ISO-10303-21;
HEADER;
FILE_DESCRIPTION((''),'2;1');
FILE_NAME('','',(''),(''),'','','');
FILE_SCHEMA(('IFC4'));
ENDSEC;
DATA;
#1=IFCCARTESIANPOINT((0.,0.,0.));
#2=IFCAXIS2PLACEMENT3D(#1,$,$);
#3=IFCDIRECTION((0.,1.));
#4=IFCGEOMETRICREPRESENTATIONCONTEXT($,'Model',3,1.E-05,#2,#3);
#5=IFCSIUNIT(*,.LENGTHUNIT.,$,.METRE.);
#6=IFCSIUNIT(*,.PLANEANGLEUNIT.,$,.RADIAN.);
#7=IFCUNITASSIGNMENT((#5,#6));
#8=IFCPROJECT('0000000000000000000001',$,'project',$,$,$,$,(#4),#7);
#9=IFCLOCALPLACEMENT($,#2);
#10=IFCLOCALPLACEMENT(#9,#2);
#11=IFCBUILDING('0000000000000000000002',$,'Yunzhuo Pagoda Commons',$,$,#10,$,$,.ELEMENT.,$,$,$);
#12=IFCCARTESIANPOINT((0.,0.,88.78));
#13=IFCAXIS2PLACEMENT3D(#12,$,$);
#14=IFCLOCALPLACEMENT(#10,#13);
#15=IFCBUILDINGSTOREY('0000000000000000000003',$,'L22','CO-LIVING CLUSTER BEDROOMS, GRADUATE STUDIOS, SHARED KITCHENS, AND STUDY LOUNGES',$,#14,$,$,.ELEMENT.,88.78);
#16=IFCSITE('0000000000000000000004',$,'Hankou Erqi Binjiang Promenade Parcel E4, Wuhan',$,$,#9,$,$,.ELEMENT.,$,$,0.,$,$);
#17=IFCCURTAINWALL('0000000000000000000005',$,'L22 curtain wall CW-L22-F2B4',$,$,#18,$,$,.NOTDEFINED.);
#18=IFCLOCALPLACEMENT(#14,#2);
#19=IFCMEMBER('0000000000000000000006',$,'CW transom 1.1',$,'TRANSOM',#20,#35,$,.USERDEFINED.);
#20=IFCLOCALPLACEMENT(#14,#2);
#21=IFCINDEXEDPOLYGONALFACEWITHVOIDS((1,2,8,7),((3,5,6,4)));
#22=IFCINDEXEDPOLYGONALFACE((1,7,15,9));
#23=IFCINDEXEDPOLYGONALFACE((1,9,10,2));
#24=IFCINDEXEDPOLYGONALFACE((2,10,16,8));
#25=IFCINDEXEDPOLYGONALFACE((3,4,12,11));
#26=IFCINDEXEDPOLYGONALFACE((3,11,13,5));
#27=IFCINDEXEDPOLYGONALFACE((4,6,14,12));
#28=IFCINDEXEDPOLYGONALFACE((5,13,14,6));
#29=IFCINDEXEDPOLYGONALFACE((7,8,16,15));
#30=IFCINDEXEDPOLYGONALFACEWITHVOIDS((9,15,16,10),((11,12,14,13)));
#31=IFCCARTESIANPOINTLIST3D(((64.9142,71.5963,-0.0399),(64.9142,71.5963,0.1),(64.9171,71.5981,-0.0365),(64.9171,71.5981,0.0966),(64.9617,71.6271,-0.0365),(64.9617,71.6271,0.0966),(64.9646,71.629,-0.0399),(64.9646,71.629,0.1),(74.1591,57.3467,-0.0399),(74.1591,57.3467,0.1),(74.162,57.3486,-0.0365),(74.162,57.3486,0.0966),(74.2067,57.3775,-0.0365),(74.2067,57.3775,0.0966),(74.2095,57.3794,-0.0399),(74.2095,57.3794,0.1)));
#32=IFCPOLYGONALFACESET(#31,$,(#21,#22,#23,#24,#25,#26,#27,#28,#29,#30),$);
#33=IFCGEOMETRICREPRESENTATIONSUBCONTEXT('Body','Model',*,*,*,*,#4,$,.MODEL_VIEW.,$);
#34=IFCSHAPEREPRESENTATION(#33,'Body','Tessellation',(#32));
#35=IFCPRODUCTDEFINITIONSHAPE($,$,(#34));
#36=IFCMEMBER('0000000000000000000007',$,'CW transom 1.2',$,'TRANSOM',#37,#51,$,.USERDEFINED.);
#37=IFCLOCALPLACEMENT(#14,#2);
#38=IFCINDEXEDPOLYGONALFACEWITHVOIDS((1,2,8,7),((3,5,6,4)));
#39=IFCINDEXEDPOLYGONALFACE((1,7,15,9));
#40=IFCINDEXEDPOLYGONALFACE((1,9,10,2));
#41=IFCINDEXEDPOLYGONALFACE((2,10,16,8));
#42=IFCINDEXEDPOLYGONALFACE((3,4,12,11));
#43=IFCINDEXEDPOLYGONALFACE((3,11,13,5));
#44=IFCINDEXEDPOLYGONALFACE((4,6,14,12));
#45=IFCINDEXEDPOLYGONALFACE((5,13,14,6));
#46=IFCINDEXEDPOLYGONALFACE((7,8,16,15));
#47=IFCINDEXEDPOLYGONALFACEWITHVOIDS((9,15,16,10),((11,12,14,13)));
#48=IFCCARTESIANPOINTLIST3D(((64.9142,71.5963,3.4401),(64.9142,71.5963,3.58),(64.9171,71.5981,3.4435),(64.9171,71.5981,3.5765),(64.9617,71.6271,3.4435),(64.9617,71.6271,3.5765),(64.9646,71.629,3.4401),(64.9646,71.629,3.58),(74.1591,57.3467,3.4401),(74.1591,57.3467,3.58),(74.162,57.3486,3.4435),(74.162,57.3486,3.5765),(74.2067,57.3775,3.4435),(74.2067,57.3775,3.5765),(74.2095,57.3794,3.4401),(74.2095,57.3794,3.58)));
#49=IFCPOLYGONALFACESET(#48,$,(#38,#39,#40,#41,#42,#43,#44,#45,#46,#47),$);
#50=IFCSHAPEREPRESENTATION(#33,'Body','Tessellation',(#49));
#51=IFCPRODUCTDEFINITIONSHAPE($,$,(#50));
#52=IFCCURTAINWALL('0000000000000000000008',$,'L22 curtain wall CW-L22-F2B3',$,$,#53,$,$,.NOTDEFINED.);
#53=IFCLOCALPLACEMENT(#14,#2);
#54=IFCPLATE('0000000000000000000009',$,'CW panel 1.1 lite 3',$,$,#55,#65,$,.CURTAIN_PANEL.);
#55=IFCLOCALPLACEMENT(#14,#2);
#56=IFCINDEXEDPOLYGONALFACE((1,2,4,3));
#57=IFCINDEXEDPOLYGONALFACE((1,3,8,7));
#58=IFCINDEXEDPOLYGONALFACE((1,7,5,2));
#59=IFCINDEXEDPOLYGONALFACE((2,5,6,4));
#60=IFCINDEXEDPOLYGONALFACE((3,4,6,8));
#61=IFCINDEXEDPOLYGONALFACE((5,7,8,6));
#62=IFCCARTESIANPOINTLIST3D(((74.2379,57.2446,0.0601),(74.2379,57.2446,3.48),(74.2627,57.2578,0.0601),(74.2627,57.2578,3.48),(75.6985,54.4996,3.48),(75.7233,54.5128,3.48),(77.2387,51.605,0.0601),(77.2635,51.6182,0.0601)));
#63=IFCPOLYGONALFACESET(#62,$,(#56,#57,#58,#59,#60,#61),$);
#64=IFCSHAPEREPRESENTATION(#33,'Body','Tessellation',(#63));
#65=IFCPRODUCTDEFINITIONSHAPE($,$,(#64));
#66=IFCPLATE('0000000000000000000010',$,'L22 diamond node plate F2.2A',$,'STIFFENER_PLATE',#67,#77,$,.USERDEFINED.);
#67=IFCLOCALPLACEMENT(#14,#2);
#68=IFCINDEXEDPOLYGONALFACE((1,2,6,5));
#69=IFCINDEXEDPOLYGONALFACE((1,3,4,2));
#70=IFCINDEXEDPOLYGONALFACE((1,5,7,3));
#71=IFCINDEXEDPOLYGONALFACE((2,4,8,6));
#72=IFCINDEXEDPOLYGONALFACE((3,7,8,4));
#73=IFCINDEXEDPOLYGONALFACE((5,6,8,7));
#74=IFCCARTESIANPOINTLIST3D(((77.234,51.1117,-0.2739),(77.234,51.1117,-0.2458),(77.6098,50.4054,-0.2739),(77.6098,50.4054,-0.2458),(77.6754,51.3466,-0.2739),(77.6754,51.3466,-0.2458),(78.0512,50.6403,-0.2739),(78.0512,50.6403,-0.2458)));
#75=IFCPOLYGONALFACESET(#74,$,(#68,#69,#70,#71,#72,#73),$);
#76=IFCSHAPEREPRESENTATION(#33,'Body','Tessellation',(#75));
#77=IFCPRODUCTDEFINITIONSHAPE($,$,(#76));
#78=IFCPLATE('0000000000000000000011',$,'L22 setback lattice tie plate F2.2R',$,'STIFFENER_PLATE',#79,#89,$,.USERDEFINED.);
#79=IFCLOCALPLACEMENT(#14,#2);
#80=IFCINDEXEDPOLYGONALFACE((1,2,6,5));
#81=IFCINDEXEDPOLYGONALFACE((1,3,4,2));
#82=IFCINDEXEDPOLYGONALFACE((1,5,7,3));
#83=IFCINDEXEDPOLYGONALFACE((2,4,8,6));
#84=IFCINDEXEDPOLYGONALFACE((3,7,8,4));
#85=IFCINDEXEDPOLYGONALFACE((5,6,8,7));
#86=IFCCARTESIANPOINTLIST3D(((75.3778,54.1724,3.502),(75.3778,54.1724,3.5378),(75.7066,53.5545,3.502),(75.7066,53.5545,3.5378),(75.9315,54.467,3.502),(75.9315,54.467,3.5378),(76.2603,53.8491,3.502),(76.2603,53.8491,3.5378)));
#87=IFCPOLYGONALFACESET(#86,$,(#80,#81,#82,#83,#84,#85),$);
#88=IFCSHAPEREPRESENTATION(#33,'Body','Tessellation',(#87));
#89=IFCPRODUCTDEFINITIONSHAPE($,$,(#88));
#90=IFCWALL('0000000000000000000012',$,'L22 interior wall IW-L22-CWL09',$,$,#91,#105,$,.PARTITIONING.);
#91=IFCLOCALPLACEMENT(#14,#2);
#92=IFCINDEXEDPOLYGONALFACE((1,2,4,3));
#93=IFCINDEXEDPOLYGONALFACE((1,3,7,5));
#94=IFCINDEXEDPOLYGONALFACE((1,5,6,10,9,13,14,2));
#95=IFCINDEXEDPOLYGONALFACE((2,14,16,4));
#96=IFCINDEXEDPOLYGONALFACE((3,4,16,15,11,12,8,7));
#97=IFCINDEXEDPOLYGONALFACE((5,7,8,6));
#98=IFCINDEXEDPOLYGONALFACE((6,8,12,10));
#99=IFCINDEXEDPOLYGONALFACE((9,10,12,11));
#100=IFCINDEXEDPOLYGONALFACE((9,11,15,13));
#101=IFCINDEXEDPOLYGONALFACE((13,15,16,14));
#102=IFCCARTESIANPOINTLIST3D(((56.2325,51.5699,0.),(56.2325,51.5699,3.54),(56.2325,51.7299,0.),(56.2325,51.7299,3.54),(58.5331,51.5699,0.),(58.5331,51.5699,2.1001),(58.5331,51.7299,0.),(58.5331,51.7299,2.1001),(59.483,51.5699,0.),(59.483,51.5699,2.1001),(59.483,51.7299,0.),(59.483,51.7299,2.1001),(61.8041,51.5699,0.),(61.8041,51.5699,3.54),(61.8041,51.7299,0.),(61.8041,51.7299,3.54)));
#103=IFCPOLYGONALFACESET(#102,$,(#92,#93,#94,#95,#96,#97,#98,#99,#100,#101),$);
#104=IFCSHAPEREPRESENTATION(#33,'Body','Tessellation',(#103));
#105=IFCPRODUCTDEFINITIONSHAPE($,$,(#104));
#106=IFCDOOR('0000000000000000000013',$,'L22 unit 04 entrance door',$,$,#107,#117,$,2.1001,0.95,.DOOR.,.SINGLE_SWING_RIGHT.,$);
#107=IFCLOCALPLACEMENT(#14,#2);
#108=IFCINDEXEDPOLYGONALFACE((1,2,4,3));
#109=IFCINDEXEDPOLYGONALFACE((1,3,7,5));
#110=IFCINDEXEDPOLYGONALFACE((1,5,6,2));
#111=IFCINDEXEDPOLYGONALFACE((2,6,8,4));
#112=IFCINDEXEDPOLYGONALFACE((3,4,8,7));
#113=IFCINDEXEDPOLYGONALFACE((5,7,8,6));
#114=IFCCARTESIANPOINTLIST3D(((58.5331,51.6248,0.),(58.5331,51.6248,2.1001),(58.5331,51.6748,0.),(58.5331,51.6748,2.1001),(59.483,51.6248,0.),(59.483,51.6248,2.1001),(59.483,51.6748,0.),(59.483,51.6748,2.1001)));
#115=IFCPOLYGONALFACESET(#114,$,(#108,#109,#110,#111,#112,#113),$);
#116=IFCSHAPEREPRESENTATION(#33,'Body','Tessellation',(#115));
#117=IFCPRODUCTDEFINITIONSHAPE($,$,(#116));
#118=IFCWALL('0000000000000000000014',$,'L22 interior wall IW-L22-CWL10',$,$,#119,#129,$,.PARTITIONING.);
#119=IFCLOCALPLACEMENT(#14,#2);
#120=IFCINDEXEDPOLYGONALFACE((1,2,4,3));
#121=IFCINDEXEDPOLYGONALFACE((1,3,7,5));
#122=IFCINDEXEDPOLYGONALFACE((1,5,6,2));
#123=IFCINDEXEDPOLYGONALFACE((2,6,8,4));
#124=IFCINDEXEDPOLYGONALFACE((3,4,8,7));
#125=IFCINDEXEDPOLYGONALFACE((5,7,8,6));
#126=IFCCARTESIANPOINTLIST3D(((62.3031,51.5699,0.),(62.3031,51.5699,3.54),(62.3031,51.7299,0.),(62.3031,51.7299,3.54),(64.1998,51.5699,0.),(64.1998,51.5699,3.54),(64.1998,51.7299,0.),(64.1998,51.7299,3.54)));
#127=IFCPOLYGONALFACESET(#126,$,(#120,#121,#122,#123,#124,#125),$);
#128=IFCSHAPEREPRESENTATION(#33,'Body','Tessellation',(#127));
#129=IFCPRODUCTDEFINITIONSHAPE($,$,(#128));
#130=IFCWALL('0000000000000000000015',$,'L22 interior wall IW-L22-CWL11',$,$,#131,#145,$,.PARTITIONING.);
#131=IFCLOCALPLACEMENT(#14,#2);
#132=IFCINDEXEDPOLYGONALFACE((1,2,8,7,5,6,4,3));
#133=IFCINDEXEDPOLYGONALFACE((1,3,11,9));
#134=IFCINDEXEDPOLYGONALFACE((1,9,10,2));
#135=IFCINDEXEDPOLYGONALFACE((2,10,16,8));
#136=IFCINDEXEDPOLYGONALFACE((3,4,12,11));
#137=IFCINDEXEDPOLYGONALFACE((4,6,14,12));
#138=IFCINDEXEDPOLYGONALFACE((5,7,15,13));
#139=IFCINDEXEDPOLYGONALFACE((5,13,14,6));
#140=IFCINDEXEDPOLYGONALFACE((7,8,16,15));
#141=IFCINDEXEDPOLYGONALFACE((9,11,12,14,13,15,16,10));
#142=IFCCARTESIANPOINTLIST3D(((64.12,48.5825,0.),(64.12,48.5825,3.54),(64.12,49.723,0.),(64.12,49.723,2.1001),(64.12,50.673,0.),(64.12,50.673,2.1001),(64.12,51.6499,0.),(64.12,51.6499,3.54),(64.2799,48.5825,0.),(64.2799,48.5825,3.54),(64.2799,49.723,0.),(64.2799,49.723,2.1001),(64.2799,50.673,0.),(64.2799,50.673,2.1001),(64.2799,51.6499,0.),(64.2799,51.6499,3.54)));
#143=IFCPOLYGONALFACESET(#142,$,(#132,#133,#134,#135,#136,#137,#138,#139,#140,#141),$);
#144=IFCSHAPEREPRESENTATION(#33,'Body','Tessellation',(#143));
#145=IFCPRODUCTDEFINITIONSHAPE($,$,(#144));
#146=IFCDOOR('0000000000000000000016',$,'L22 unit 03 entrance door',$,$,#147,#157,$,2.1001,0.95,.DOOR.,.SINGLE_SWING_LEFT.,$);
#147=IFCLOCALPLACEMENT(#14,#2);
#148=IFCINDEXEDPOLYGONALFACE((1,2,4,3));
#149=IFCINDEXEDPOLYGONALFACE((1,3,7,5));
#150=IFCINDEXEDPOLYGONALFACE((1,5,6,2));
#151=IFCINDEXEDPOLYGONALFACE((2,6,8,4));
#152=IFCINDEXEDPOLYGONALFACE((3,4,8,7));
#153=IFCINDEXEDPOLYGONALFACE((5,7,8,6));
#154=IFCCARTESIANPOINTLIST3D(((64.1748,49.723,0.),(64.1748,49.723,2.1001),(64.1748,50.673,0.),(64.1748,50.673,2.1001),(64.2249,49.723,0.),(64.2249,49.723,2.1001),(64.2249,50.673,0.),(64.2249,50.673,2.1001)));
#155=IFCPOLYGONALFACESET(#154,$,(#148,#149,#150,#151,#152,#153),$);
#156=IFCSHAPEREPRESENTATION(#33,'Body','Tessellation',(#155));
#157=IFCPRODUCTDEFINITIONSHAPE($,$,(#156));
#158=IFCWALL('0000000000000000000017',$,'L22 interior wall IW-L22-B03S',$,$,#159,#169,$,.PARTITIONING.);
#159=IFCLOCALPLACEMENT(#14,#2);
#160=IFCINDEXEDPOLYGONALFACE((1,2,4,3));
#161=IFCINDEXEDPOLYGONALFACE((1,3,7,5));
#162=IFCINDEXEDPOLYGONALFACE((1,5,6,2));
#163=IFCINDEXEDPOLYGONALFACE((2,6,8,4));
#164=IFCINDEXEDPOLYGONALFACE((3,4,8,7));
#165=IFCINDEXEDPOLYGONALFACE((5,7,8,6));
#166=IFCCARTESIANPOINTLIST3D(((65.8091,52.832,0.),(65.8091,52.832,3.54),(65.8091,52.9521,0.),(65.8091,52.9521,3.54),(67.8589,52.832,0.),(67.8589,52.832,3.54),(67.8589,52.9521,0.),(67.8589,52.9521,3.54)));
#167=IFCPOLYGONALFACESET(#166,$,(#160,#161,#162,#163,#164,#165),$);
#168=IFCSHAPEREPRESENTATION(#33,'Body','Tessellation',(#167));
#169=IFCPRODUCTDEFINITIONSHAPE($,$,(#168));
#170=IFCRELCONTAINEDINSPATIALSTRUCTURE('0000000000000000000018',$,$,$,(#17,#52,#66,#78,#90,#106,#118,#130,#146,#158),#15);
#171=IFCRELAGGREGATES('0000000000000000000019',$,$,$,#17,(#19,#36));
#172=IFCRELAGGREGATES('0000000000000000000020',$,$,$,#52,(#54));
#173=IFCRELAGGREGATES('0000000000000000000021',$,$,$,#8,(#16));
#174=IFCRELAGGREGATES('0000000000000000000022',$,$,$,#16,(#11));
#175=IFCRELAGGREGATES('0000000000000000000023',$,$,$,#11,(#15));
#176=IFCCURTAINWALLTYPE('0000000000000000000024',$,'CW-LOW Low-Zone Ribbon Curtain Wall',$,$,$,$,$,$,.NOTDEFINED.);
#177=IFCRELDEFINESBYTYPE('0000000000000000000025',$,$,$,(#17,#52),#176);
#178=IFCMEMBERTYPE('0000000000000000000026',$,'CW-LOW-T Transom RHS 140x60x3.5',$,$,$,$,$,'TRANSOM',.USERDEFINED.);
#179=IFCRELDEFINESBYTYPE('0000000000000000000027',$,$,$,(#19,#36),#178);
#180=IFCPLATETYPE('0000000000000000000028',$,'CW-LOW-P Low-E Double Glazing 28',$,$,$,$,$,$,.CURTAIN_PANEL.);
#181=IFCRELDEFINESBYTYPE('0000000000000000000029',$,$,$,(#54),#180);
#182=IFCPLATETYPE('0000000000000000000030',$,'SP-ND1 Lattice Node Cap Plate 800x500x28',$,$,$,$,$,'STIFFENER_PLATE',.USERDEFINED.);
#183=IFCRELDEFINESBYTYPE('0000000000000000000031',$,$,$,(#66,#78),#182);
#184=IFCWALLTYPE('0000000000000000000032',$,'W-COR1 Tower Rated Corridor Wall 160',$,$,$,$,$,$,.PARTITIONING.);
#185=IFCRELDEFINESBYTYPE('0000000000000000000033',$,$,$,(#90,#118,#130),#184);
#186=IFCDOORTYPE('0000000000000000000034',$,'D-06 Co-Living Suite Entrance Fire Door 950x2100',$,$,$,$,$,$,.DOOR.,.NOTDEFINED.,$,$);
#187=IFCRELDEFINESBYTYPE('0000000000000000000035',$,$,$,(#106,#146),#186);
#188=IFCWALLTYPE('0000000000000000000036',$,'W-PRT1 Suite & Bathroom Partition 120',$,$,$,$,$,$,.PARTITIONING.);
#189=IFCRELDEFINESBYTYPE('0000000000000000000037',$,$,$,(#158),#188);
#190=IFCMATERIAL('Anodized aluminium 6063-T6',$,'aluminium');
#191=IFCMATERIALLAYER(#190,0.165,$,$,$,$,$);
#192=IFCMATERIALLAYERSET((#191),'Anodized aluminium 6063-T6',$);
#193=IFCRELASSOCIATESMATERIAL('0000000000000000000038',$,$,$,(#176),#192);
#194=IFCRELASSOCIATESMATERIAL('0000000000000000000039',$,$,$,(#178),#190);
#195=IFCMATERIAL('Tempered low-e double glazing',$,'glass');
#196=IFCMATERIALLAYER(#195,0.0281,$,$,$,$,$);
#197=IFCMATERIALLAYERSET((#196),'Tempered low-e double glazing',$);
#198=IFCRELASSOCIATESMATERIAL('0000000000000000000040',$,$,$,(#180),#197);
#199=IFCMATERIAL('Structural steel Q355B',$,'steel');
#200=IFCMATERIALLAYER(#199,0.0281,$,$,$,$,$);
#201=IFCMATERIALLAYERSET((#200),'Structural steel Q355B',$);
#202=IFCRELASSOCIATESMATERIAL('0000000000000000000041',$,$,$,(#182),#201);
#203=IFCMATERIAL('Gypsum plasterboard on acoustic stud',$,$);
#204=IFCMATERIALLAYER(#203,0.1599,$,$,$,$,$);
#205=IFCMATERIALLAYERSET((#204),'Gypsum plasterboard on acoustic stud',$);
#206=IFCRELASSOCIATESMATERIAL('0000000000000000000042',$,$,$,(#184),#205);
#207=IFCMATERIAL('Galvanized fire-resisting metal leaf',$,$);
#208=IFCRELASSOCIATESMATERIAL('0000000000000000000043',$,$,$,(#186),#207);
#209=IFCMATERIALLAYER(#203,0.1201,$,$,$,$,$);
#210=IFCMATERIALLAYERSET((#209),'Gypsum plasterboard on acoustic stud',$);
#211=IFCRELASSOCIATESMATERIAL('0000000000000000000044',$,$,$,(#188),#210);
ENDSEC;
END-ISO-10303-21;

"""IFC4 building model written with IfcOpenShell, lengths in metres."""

from ifc_helpers import new_model, si_unit, direction, frame, frame_2d, origin, origin_with_axes, origin_2d, place, context, subcontext, project, spatial, polyline, rectangle, hollow_rectangle, outline, extrude, source, transform, mapped, material, layer, layer_set, material_profile, profile_set, type_object, element, fill, aggregate, save


model = new_model("IFC4")

# Units and contexts
model_context = context("Model", 3, precision=1e-05, world=origin(), true_north=direction((0.0, 1.0)))
body_context = subcontext(model_context, "Body", "Model", "MODEL_VIEW")
ifc_project = project(units=[si_unit("LENGTHUNIT", "METRE"), si_unit("PLANEANGLEUNIT", "RADIAN")], contexts=[model_context])

# Site, building, storey
site_placement = place(None, origin())
site = spatial("IfcSite", under=ifc_project, at=site_placement, Name="Hankou Erqi Binjiang Promenade Parcel E4, Wuhan", CompositionType="ELEMENT", RefElevation=0.0)
building_placement = place(site_placement, origin())
building = spatial("IfcBuilding", under=site, at=building_placement, Name="Yunzhuo Pagoda Commons", CompositionType="ELEMENT")
storey_placement = place(building_placement, frame((0.0, 0.0, 88.78)))
storey = spatial("IfcBuildingStorey", under=building, at=storey_placement, Name="L22", Description="CO-LIVING CLUSTER BEDROOMS, GRADUATE STUDIOS, SHARED KITCHENS, AND STUDY LOUNGES", CompositionType="ELEMENT", Elevation=88.78)

# Shared definitions
ifc_material_1 = material(Name="Structural steel Q355B", Category="steel")

# Curtain wall, members
ifc_material_2 = material(Name="Anodized aluminium 6063-T6", Category="aluminium")
ifc_layer_1 = layer(ifc_material_2, 0.165)
ifc_layer_set_1 = layer_set([ifc_layer_1], Name="Anodized aluminium 6063-T6")
curtain_wall_type = type_object("IfcCurtainWallType", Name="CW-LOW Low-Zone Ribbon Curtain Wall", PredefinedType="NOTDEFINED", material=ifc_layer_set_1)
curtain_wall_1_placement = place(storey_placement, origin())
curtain_wall_1 = element("IfcCurtainWall", 1, at=curtain_wall_1_placement, inside=storey, type_object=curtain_wall_type, Name="L22 curtain wall CW-L22-F2B4", PredefinedType="NOTDEFINED")
ifc_material_profile_1 = material_profile(ifc_material_2, hollow_rectangle(XDim=0.0601, YDim=0.1399, WallThickness=0.0034, at=origin_2d()), Name="Anodized aluminium 6063-T6")
ifc_profile_set_1 = profile_set([ifc_material_profile_1], Name="Anodized aluminium 6063-T6")
member_type_1 = type_object("IfcMemberType", Name="CW-LOW-T Transom RHS 140x60x3.5", ElementType="TRANSOM", PredefinedType="USERDEFINED", material=ifc_profile_set_1)
shared_shape_1 = source(origin(), body_context, "Body", "SweptSolid", [
    extrude(hollow_rectangle(XDim=0.0601, YDim=0.1399, WallThickness=0.0034, at=origin_2d()), origin(), (0.0, 0.0, 1.0), 16.9858),
])
member_1_placement = place(storey_placement, frame((74.1843, 57.363, 0.03), z_axis=(-0.544272, 0.838909, 0.0), x_axis=(-0.838909, -0.544272, 0.0)))
member_1 = element("IfcMember", 2, at=member_1_placement, type_object=member_type_1, Name="CW transom 1.1", ObjectType="TRANSOM", PredefinedType="USERDEFINED", context=body_context, shape_type="MappedRepresentation", body=[
    mapped(shared_shape_1, transform((0.0, 0.0, 0.0), scale=1.0)),
])
member_2_placement = place(storey_placement, frame((74.1843, 57.363, 3.51), z_axis=(-0.544272, 0.838909, 0.0), x_axis=(-0.838909, -0.544272, 0.0)))
member_2 = element("IfcMember", 3, at=member_2_placement, type_object=member_type_1, Name="CW transom 1.2", ObjectType="TRANSOM", PredefinedType="USERDEFINED", context=body_context, shape_type="MappedRepresentation", body=[
    mapped(shared_shape_1, transform((0.0, 0.0, 0.0), scale=1.0)),
])
aggregate(curtain_wall_1, [member_1, member_2])

# Curtain wall, plate
curtain_wall_2_placement = place(storey_placement, origin())
curtain_wall_2 = element("IfcCurtainWall", 4, at=curtain_wall_2_placement, inside=storey, type_object=curtain_wall_type, Name="L22 curtain wall CW-L22-F2B3", PredefinedType="NOTDEFINED")
ifc_material_3 = material(Name="Tempered low-e double glazing", Category="glass")
ifc_layer_2 = layer(ifc_material_3, 0.0281)
ifc_layer_set_2 = layer_set([ifc_layer_2], Name="Tempered low-e double glazing")
plate_type_1 = type_object("IfcPlateType", Name="CW-LOW-P Low-E Double Glazing 28", PredefinedType="CURTAIN_PANEL", material=ifc_layer_set_2)
plate_1_placement = place(storey_placement, frame((75.7383, 54.4248, 1.77), z_axis=(0.882805, 0.46974, 0.0), x_axis=(-0.46974, 0.882805, 0.0)))
plate_1 = element("IfcPlate", 5, at=plate_1_placement, type_object=plate_type_1, Name="CW panel 1.1 lite 3", PredefinedType="CURTAIN_PANEL", context=body_context, shape_type="SweptSolid", body=[
    extrude(outline(polyline([(-3.1941, -1.71), (3.1941, -1.71), (3.1941, 1.71), (0.0847, 1.71), (-3.1941, -1.71)])), origin(), (0.0, 0.0, 1.0), 0.0281),
])
aggregate(curtain_wall_2, [plate_1])

# Plates
ifc_layer_3 = layer(ifc_material_1, 0.0281)
ifc_layer_set_3 = layer_set([ifc_layer_3], Name="Structural steel Q355B")
plate_type_2 = type_object("IfcPlateType", Name="SP-ND1 Lattice Node Cap Plate 800x500x28", ElementType="STIFFENER_PLATE", PredefinedType="USERDEFINED", material=ifc_layer_set_3)
shared_shape_2 = source(origin(), body_context, "Body", "SweptSolid", [
    extrude(rectangle(XDim=0.8, YDim=0.5, at=origin_2d()), origin(), (0.0, 0.0, 1.0), 0.0281),
])
plate_2_placement = place(storey_placement, frame((77.6426, 50.876, -0.2739), z_axis=(0.0, 0.0, 1.0), x_axis=(-0.469734, 0.882808, 0.0)))
element("IfcPlate", 6, at=plate_2_placement, inside=storey, type_object=plate_type_2, Name="L22 diamond node plate F2.2A", ObjectType="STIFFENER_PLATE", PredefinedType="USERDEFINED", context=body_context, shape_type="MappedRepresentation", body=[
    mapped(shared_shape_2, transform((0.0, 0.0, 0.0), scale=1.0)),
])
shared_shape_3 = source(origin(), body_context, "Body", "SweptSolid", [
    extrude(rectangle(XDim=0.7, YDim=0.6272, at=origin_2d()), origin(), (0.0, 0.0, 1.0), 0.0359),
])
plate_3_placement = place(storey_placement, frame((75.8191, 54.0107, 3.502), z_axis=(0.0, 0.0, 1.0), x_axis=(-0.469734, 0.882808, 0.0)))
element("IfcPlate", 7, at=plate_3_placement, inside=storey, type_object=plate_type_2, Name="L22 setback lattice tie plate F2.2R", ObjectType="STIFFENER_PLATE", PredefinedType="USERDEFINED", context=body_context, shape_type="MappedRepresentation", body=[
    mapped(shared_shape_3, transform((0.0, 0.0, 0.0), scale=1.0)),
])

# Wall, opening, door
ifc_material_4 = material(Name="Gypsum plasterboard on acoustic stud")
ifc_layer_4 = layer(ifc_material_4, 0.1599)
ifc_layer_set_4 = layer_set([ifc_layer_4], Name="Gypsum plasterboard on acoustic stud")
wall_type_1 = type_object("IfcWallType", Name="W-COR1 Tower Rated Corridor Wall 160", PredefinedType="PARTITIONING", material=ifc_layer_set_4)
wall_1_placement = place(storey_placement, frame((56.2327, 51.6499, 0.0), z_axis=(0.0, 0.0, 1.0), x_axis=(1.0, 0.0, 0.0)))
wall_1 = element("IfcWall", 8, at=wall_1_placement, inside=storey, type_object=wall_type_1, Name="L22 interior wall IW-L22-CWL09", PredefinedType="PARTITIONING", context=body_context, shape_type="SweptSolid", body=[
    extrude(rectangle(XDim=5.5715, YDim=0.1599, at=frame_2d((2.7856, 0.0))), origin(), (0.0, 0.0, 1.0), 3.54),
])
opening_1_placement = place(wall_1_placement, frame((2.3003, 0.0, 0.0)))
opening_1 = element("IfcOpeningElement", 9, at=opening_1_placement, cuts=wall_1, PredefinedType="OPENING", context=body_context, shape_type="SweptSolid", body=[
    extrude(rectangle(XDim=0.95, YDim=2.1001, at=frame_2d((0.4751, 1.05))), frame((0.0, 0.0898, 0.0), z_axis=(0.0, -1.0, 0.0), x_axis=(1.0, 0.0, 0.0)), (0.0, 0.0, 1.0), 0.1799),
])
ifc_material_5 = material(Name="Galvanized fire-resisting metal leaf")
door_type_1 = type_object("IfcDoorType", Name="D-06 Co-Living Suite Entrance Fire Door 950x2100", OperationType="NOTDEFINED", PredefinedType="DOOR", material=ifc_material_5)
shared_shape_4 = source(origin(), body_context, "Body", "SweptSolid", [
    extrude(rectangle(XDim=0.95, YDim=2.1001, at=frame_2d((0.4751, 1.05))), frame((0.0, 0.0249, 0.0), z_axis=(0.0, -1.0, 0.0), x_axis=(1.0, 0.0, 0.0)), (0.0, 0.0, 1.0), 0.05),
])
door_1_placement = place(opening_1_placement, origin_with_axes())
door_1 = element("IfcDoor", 10, at=door_1_placement, inside=storey, type_object=door_type_1, Name="L22 unit 04 entrance door", OperationType="SINGLE_SWING_RIGHT", OverallHeight=2.1001, OverallWidth=0.95, PredefinedType="DOOR", context=body_context, shape_type="MappedRepresentation", body=[
    mapped(shared_shape_4, transform((0.0, 0.0, 0.0), scale=1.0)),
])
fill(opening_1, door_1)

# Wall
wall_2_placement = place(storey_placement, frame((62.3032, 51.6499, 0.0), z_axis=(0.0, 0.0, 1.0), x_axis=(1.0, 0.0, 0.0)))
element("IfcWall", 11, at=wall_2_placement, inside=storey, type_object=wall_type_1, Name="L22 interior wall IW-L22-CWL10", PredefinedType="PARTITIONING", context=body_context, shape_type="SweptSolid", body=[
    extrude(rectangle(XDim=1.8967, YDim=0.1599, at=frame_2d((0.9482, 0.0))), origin(), (0.0, 0.0, 1.0), 3.54),
])

# Wall, opening, door
wall_3_placement = place(storey_placement, frame((64.2, 51.6499, 0.0), z_axis=(0.0, 0.0, 1.0), x_axis=(0.0, -1.0, 0.0)))
wall_3 = element("IfcWall", 12, at=wall_3_placement, inside=storey, type_object=wall_type_1, Name="L22 interior wall IW-L22-CWL11", PredefinedType="PARTITIONING", context=body_context, shape_type="SweptSolid", body=[
    extrude(rectangle(XDim=3.0674, YDim=0.1599, at=frame_2d((1.5337, 0.0))), origin(), (0.0, 0.0, 1.0), 3.54),
])
opening_2_placement = place(wall_3_placement, frame((0.9768, 0.0, 0.0)))
opening_2 = element("IfcOpeningElement", 13, at=opening_2_placement, cuts=wall_3, PredefinedType="OPENING", context=body_context, shape_type="SweptSolid", body=[
    extrude(rectangle(XDim=0.95, YDim=2.1001, at=frame_2d((0.4751, 1.05))), frame((0.0, 0.0898, 0.0), z_axis=(0.0, -1.0, 0.0), x_axis=(1.0, 0.0, 0.0)), (0.0, 0.0, 1.0), 0.1799),
])
door_2_placement = place(opening_2_placement, origin_with_axes())
door_2 = element("IfcDoor", 14, at=door_2_placement, inside=storey, type_object=door_type_1, Name="L22 unit 03 entrance door", OperationType="SINGLE_SWING_LEFT", OverallHeight=2.1001, OverallWidth=0.95, PredefinedType="DOOR", context=body_context, shape_type="MappedRepresentation", body=[
    mapped(shared_shape_4, transform((0.0, 0.0, 0.0), scale=1.0)),
])
fill(opening_2, door_2)

# Wall
ifc_layer_5 = layer(ifc_material_4, 0.1201)
ifc_layer_set_5 = layer_set([ifc_layer_5], Name="Gypsum plasterboard on acoustic stud")
wall_type_2 = type_object("IfcWallType", Name="W-PRT1 Suite & Bathroom Partition 120", PredefinedType="PARTITIONING", material=ifc_layer_set_5)
wall_4_placement = place(storey_placement, frame((65.8091, 52.8921, 0.0), z_axis=(0.0, 0.0, 1.0), x_axis=(1.0, 0.0, 0.0)))
element("IfcWall", 15, at=wall_4_placement, inside=storey, type_object=wall_type_2, Name="L22 interior wall IW-L22-B03S", PredefinedType="PARTITIONING", context=body_context, shape_type="SweptSolid", body=[
    extrude(rectangle(XDim=2.0498, YDim=0.1201, at=frame_2d((1.0249, 0.0))), origin(), (0.0, 0.0, 1.0), 3.54),
])

save(model, "model.ifc")
